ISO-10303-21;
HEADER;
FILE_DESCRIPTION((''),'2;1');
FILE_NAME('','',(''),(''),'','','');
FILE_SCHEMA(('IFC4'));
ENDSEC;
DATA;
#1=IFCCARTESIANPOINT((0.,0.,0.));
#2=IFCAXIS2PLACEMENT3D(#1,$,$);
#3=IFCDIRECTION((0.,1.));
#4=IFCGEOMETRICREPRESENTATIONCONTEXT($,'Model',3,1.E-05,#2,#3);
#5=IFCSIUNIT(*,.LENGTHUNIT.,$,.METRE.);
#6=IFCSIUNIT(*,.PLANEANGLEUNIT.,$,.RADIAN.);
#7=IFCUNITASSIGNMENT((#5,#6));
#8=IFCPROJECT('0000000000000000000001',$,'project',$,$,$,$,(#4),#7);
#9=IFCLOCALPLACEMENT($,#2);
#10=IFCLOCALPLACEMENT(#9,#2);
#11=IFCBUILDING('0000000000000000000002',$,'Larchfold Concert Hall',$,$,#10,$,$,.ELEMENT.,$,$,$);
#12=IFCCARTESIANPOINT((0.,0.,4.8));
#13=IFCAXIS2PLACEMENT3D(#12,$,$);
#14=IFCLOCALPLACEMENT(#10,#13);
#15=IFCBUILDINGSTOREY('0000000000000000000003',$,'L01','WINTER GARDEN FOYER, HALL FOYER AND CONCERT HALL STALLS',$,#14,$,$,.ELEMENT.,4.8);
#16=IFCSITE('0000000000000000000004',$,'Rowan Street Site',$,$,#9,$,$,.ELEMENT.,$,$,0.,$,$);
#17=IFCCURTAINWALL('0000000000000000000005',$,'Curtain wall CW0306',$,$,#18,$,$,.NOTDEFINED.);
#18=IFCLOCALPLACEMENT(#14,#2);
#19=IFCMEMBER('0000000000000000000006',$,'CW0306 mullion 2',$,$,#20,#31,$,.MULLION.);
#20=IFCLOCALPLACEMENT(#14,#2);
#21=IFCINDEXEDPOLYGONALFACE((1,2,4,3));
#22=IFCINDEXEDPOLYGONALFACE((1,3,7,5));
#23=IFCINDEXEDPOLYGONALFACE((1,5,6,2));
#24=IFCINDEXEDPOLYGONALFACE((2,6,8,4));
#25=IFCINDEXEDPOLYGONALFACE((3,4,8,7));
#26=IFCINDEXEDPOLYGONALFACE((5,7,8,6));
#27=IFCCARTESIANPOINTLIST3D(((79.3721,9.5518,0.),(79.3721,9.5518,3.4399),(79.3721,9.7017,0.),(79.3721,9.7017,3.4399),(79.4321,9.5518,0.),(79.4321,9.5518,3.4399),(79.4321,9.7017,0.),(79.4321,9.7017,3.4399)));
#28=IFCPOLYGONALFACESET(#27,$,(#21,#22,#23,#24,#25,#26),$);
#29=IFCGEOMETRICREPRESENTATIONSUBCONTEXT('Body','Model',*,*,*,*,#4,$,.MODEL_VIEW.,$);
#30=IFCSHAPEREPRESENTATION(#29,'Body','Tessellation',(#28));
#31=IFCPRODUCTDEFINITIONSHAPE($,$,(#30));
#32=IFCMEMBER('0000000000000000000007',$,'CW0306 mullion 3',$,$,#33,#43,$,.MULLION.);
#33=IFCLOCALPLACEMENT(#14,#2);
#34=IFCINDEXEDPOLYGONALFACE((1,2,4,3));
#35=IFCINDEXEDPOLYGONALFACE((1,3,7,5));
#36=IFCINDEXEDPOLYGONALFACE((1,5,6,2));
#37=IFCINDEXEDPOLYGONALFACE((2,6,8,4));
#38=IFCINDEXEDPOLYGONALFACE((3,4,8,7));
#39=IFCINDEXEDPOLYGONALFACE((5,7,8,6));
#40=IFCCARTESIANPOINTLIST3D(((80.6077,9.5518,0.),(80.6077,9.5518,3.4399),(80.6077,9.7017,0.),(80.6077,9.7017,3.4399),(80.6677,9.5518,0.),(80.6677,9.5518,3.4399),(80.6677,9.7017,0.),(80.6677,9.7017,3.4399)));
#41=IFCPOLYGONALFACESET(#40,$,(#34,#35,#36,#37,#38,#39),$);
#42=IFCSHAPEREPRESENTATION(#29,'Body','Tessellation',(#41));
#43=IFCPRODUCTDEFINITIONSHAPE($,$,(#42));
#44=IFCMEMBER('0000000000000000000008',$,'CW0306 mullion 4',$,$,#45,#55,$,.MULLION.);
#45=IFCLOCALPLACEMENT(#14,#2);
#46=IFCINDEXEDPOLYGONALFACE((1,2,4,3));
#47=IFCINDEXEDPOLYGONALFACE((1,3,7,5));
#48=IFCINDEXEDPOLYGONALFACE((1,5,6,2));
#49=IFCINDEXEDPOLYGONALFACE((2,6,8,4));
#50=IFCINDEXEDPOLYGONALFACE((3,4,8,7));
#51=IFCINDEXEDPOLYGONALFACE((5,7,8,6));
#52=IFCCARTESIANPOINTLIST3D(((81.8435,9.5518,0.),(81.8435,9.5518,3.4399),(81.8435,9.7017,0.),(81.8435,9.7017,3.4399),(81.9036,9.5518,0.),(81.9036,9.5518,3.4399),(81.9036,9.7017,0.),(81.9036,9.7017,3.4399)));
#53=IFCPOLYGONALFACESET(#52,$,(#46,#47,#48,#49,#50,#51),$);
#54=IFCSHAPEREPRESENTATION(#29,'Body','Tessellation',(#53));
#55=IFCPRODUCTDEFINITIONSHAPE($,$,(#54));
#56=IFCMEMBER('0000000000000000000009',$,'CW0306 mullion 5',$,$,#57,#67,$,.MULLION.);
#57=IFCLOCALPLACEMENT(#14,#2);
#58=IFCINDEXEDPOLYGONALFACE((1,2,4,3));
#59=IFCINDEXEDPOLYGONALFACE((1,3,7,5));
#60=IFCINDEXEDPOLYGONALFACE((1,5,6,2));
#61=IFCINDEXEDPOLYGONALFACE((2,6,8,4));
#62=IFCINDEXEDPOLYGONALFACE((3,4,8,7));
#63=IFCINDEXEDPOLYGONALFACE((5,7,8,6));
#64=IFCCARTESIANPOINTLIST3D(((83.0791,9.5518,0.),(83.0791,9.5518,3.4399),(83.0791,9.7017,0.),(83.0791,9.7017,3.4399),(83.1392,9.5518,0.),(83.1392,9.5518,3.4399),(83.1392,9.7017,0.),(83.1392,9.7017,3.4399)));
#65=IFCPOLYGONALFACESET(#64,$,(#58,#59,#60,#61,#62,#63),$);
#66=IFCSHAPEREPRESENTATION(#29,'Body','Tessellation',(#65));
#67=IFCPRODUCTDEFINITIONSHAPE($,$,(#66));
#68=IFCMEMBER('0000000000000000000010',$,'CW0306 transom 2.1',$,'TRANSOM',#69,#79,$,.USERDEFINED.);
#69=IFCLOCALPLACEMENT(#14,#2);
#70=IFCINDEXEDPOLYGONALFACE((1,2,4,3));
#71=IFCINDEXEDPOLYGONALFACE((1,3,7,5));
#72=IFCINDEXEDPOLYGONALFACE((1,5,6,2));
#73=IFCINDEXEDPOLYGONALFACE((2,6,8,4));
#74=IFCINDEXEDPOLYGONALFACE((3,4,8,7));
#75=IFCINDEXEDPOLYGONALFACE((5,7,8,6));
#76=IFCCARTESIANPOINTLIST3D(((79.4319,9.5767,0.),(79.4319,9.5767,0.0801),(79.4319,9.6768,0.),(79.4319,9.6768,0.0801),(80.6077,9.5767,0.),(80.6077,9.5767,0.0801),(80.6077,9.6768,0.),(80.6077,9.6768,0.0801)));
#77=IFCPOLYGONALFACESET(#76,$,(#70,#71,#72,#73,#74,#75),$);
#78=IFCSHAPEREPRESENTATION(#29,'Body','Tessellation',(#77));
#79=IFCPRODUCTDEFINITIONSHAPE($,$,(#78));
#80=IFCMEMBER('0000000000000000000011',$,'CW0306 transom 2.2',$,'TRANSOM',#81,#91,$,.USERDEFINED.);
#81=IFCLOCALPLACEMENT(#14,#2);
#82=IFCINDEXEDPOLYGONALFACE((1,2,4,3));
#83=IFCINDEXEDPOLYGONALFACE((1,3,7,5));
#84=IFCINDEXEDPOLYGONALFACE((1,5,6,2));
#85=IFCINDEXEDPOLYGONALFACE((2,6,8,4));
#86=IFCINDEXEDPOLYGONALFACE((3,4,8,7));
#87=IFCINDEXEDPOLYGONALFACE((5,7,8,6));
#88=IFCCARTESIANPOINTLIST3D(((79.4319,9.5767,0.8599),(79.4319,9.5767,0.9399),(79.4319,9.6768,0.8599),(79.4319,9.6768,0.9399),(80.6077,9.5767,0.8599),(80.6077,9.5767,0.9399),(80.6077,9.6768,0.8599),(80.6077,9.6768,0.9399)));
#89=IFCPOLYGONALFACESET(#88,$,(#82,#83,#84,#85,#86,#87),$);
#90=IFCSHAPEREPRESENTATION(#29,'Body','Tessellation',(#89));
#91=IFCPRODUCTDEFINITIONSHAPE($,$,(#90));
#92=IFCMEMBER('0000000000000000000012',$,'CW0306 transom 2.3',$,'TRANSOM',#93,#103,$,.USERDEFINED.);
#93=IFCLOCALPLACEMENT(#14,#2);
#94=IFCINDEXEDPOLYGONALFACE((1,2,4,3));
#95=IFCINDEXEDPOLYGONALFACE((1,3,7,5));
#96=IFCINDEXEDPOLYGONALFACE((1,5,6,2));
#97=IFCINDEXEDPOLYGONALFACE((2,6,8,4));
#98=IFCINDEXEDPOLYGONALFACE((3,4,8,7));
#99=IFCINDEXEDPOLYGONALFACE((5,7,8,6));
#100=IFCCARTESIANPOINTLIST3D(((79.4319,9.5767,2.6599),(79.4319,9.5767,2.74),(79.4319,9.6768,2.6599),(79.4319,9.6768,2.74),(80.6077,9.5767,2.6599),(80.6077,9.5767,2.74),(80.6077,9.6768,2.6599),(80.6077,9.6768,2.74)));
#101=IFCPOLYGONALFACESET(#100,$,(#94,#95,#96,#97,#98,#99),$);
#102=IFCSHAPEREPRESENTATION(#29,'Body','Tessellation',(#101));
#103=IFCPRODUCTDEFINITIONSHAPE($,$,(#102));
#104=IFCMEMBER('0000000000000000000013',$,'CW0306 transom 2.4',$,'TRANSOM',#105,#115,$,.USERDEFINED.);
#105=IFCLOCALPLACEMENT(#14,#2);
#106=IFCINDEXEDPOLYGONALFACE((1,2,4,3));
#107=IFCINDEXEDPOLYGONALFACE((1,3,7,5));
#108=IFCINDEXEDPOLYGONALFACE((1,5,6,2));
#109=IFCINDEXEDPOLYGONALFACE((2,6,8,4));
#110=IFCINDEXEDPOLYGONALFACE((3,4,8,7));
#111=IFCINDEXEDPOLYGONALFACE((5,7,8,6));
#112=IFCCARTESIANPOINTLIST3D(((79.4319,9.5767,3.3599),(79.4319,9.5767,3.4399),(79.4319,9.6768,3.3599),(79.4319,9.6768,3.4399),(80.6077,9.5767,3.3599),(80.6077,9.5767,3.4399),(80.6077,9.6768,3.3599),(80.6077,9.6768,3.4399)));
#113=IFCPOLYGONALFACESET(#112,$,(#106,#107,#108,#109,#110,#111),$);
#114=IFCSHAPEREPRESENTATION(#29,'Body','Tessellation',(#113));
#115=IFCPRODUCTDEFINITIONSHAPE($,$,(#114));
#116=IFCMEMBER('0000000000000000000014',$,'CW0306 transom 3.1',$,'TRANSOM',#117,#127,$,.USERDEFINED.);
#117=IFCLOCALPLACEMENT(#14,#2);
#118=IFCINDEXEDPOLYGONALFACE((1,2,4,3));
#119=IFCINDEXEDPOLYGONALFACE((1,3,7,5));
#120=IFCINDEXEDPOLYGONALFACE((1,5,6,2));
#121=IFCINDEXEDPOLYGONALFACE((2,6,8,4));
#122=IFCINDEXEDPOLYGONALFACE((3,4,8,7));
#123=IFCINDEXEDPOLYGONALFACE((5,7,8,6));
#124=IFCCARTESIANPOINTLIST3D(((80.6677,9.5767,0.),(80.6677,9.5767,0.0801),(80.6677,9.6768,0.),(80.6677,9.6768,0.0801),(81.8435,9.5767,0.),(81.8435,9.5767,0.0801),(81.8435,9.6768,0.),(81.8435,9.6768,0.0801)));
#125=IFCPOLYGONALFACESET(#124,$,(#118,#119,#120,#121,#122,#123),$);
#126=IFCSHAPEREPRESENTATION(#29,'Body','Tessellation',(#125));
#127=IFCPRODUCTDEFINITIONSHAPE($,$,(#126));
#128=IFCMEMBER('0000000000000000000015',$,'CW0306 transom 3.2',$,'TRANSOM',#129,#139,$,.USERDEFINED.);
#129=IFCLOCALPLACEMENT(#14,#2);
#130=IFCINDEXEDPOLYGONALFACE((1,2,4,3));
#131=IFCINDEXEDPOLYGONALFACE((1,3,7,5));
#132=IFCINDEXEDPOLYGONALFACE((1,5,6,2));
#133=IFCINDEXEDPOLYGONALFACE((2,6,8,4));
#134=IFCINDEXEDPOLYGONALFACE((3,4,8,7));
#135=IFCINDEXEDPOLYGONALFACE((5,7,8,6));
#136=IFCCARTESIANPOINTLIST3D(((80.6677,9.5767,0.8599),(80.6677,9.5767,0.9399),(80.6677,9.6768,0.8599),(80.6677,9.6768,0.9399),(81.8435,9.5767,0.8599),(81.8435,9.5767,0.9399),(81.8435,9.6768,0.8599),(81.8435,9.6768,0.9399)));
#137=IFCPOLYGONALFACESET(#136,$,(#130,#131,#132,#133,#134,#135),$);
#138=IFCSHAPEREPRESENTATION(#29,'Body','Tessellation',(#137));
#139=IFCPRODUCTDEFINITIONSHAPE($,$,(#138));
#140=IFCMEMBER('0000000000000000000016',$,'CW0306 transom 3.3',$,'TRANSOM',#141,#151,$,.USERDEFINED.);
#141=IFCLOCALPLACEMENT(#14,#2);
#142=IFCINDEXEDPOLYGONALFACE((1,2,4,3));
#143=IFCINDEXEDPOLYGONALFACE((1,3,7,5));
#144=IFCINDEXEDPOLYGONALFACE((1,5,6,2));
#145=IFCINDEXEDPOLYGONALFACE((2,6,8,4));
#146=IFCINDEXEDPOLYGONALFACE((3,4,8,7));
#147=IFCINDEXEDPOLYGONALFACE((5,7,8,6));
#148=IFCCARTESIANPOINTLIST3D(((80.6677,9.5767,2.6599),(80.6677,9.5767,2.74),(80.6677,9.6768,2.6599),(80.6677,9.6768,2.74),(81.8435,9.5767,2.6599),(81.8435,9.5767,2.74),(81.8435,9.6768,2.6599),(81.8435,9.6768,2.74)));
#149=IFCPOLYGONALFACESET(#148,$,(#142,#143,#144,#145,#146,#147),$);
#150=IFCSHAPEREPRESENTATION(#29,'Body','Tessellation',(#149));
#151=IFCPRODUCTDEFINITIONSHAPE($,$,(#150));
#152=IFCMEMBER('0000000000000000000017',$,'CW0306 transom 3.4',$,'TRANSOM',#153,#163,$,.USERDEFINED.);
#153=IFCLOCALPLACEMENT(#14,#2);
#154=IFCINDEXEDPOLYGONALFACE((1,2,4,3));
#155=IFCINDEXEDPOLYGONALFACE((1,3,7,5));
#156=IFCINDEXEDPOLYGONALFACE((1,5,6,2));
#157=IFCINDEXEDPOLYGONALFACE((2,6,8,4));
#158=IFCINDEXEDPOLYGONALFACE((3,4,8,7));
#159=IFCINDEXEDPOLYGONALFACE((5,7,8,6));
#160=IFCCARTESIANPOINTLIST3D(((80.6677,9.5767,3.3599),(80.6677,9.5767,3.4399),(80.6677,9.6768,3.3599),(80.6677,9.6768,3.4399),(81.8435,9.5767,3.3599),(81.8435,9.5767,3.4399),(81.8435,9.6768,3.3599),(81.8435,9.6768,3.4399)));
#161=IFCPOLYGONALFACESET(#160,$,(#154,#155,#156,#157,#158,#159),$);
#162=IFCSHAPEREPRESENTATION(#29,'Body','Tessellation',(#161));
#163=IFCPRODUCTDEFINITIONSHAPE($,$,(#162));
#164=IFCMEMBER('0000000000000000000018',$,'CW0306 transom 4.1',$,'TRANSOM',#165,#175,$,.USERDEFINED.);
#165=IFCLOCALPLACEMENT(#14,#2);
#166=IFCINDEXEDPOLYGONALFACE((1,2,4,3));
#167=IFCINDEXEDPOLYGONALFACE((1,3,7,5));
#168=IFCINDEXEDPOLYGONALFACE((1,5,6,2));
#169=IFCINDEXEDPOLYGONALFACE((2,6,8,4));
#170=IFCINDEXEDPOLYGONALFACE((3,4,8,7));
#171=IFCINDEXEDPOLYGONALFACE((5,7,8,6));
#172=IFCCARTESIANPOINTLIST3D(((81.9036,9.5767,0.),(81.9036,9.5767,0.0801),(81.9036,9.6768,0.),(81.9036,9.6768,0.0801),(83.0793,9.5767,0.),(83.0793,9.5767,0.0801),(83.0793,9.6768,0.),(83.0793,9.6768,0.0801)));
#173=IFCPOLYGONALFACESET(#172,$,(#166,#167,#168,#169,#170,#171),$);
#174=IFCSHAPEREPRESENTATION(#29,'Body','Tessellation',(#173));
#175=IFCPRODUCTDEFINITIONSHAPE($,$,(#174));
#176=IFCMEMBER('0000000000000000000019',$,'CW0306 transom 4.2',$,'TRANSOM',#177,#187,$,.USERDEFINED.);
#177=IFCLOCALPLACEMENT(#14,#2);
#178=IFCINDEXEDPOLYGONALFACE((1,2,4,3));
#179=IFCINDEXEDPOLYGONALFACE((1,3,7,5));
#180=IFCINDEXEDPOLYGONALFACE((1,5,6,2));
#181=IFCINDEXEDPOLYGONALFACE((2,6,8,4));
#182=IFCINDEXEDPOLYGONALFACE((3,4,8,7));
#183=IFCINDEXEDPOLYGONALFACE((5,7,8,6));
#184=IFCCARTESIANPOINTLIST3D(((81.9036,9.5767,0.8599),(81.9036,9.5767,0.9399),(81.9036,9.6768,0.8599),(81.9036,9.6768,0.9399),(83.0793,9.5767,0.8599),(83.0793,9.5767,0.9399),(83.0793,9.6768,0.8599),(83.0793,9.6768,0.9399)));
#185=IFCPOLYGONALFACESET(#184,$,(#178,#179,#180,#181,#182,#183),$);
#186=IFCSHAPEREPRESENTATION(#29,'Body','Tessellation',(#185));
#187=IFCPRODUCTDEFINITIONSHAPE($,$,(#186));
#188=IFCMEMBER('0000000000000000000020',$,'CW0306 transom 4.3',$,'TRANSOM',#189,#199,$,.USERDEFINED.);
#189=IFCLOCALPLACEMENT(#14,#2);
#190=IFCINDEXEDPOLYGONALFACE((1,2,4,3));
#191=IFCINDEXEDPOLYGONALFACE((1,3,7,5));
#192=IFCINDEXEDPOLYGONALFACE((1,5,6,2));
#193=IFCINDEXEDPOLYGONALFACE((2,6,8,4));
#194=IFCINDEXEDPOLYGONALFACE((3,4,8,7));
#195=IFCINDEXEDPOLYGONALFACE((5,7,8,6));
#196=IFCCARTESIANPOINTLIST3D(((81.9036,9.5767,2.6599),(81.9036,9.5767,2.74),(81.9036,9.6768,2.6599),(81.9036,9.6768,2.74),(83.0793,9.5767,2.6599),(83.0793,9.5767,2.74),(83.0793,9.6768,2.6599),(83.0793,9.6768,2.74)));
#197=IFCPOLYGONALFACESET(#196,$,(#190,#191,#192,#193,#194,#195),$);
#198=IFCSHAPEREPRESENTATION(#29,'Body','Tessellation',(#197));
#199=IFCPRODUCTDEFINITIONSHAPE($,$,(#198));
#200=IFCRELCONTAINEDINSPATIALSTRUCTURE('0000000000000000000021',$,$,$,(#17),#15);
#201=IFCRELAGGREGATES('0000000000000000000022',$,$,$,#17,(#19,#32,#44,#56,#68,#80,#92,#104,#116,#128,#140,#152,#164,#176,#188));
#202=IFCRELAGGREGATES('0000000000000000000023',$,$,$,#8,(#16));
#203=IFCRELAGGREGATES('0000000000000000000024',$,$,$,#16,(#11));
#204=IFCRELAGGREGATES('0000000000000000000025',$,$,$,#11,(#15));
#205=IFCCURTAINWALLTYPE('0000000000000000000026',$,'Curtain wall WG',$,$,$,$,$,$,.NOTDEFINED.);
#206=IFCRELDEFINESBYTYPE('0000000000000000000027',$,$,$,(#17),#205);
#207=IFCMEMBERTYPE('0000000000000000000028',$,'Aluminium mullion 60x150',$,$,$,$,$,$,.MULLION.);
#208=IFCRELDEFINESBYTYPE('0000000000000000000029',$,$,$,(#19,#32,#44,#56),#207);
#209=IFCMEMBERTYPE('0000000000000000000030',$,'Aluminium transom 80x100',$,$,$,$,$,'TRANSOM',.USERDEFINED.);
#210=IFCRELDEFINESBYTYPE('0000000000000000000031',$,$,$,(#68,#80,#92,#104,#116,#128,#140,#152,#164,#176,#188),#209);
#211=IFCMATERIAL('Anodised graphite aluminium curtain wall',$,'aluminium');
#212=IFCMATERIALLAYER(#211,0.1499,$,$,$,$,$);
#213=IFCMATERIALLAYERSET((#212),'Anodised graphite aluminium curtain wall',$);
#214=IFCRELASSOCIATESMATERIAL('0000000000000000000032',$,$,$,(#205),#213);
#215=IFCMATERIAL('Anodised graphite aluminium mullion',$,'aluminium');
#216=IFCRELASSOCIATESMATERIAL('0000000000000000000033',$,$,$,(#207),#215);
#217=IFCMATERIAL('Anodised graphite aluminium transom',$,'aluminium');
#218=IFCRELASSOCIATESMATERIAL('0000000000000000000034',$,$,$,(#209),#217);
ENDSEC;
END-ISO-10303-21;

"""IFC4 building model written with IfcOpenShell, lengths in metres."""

from ifc_helpers import new_model, si_unit, direction, frame, origin, origin_2d, place, context, subcontext, project, spatial, rectangle, extrude, material, layer, layer_set, material_profile, profile_set, type_object, element, aggregate, save


model = new_model("IFC4")

# Units and contexts
model_context = context("Model", 3, precision=1e-05, world=origin(), true_north=direction((0.0, 1.0)))
body_context = subcontext(model_context, "Body", "Model", "MODEL_VIEW")
ifc_project = project(units=[si_unit("LENGTHUNIT", "METRE"), si_unit("PLANEANGLEUNIT", "RADIAN")], contexts=[model_context])

# Site, building, storey
site_placement = place(None, origin())
site = spatial("IfcSite", under=ifc_project, at=site_placement, Name="Rowan Street Site", CompositionType="ELEMENT", RefElevation=0.0)
building_placement = place(site_placement, origin())
building = spatial("IfcBuilding", under=site, at=building_placement, Name="Larchfold Concert Hall", CompositionType="ELEMENT")
storey_placement = place(building_placement, frame((0.0, 0.0, 4.8)))
storey = spatial("IfcBuildingStorey", under=building, at=storey_placement, Name="L01", Description="WINTER GARDEN FOYER, HALL FOYER AND CONCERT HALL STALLS", CompositionType="ELEMENT", Elevation=4.8)

# Curtain wall, members
ifc_material_1 = material(Name="Anodised graphite aluminium curtain wall", Category="aluminium")
ifc_layer_1 = layer(ifc_material_1, 0.1499)
ifc_layer_set_1 = layer_set([ifc_layer_1], Name="Anodised graphite aluminium curtain wall")
curtain_wall_type = type_object("IfcCurtainWallType", Name="Curtain wall WG", PredefinedType="NOTDEFINED", material=ifc_layer_set_1)
curtain_wall_placement = place(storey_placement, origin())
curtain_wall = element("IfcCurtainWall", 1, at=curtain_wall_placement, inside=storey, type_object=curtain_wall_type, Name="Curtain wall CW0306", PredefinedType="NOTDEFINED")
ifc_material_2 = material(Name="Anodised graphite aluminium mullion", Category="aluminium")
ifc_material_profile_1 = material_profile(ifc_material_2, rectangle(XDim=0.1499, YDim=0.0601, at=origin_2d()))
ifc_profile_set_1 = profile_set([ifc_material_profile_1], Name="Anodised graphite aluminium mullion")
member_type_1 = type_object("IfcMemberType", Name="Aluminium mullion 60x150", PredefinedType="MULLION", material=ifc_profile_set_1)
member_1_placement = place(storey_placement, frame((79.4021, 9.6267, 0.0), z_axis=(0.0, 0.0, 1.0), x_axis=(0.0, 1.0, 0.0)))
member_1 = element("IfcMember", 2, at=member_1_placement, type_object=member_type_1, Name="CW0306 mullion 2", PredefinedType="MULLION", context=body_context, shape_type="SweptSolid", body=[
    extrude(rectangle(XDim=0.1499, YDim=0.0601, at=origin_2d()), origin(), (0.0, 0.0, 1.0), 3.4399),
])
member_2_placement = place(storey_placement, frame((80.6377, 9.6267, 0.0), z_axis=(0.0, 0.0, 1.0), x_axis=(0.0, 1.0, 0.0)))
member_2 = element("IfcMember", 3, at=member_2_placement, type_object=member_type_1, Name="CW0306 mullion 3", PredefinedType="MULLION", context=body_context, shape_type="SweptSolid", body=[
    extrude(rectangle(XDim=0.1499, YDim=0.0601, at=origin_2d()), origin(), (0.0, 0.0, 1.0), 3.4399),
])
member_3_placement = place(storey_placement, frame((81.8735, 9.6267, 0.0), z_axis=(0.0, 0.0, 1.0), x_axis=(0.0, 1.0, 0.0)))
member_3 = element("IfcMember", 4, at=member_3_placement, type_object=member_type_1, Name="CW0306 mullion 4", PredefinedType="MULLION", context=body_context, shape_type="SweptSolid", body=[
    extrude(rectangle(XDim=0.1499, YDim=0.0601, at=origin_2d()), origin(), (0.0, 0.0, 1.0), 3.4399),
])
member_4_placement = place(storey_placement, frame((83.1091, 9.6267, 0.0), z_axis=(0.0, 0.0, 1.0), x_axis=(0.0, 1.0, 0.0)))
member_4 = element("IfcMember", 5, at=member_4_placement, type_object=member_type_1, Name="CW0306 mullion 5", PredefinedType="MULLION", context=body_context, shape_type="SweptSolid", body=[
    extrude(rectangle(XDim=0.1499, YDim=0.0601, at=origin_2d()), origin(), (0.0, 0.0, 1.0), 3.4399),
])
ifc_material_3 = material(Name="Anodised graphite aluminium transom", Category="aluminium")
ifc_material_profile_2 = material_profile(ifc_material_3, rectangle(XDim=0.1001, YDim=0.0801, at=origin_2d()))
ifc_profile_set_2 = profile_set([ifc_material_profile_2], Name="Anodised graphite aluminium transom")
member_type_2 = type_object("IfcMemberType", Name="Aluminium transom 80x100", ElementType="TRANSOM", PredefinedType="USERDEFINED", material=ifc_profile_set_2)
member_5_placement = place(storey_placement, frame((79.4319, 9.6267, 0.04), z_axis=(1.0, 0.0, 0.0), x_axis=(0.0, 1.0, 0.0)))
member_5 = element("IfcMember", 6, at=member_5_placement, type_object=member_type_2, Name="CW0306 transom 2.1", ObjectType="TRANSOM", PredefinedType="USERDEFINED", context=body_context, shape_type="SweptSolid", body=[
    extrude(rectangle(XDim=0.1001, YDim=0.0801, at=origin_2d()), origin(), (0.0, 0.0, 1.0), 1.1758),
])
member_6_placement = place(storey_placement, frame((79.4319, 9.6267, 0.8999), z_axis=(1.0, 0.0, 0.0), x_axis=(0.0, 1.0, 0.0)))
member_6 = element("IfcMember", 7, at=member_6_placement, type_object=member_type_2, Name="CW0306 transom 2.2", ObjectType="TRANSOM", PredefinedType="USERDEFINED", context=body_context, shape_type="SweptSolid", body=[
    extrude(rectangle(XDim=0.1001, YDim=0.0801, at=origin_2d()), origin(), (0.0, 0.0, 1.0), 1.1758),
])
member_7_placement = place(storey_placement, frame((79.4319, 9.6267, 2.7), z_axis=(1.0, 0.0, 0.0), x_axis=(0.0, 1.0, 0.0)))
member_7 = element("IfcMember", 8, at=member_7_placement, type_object=member_type_2, Name="CW0306 transom 2.3", ObjectType="TRANSOM", PredefinedType="USERDEFINED", context=body_context, shape_type="SweptSolid", body=[
    extrude(rectangle(XDim=0.1001, YDim=0.0801, at=origin_2d()), origin(), (0.0, 0.0, 1.0), 1.1758),
])
member_8_placement = place(storey_placement, frame((79.4319, 9.6267, 3.3999), z_axis=(1.0, 0.0, 0.0), x_axis=(0.0, 1.0, 0.0)))
member_8 = element("IfcMember", 9, at=member_8_placement, type_object=member_type_2, Name="CW0306 transom 2.4", ObjectType="TRANSOM", PredefinedType="USERDEFINED", context=body_context, shape_type="SweptSolid", body=[
    extrude(rectangle(XDim=0.1001, YDim=0.0801, at=origin_2d()), origin(), (0.0, 0.0, 1.0), 1.1758),
])
member_9_placement = place(storey_placement, frame((80.6677, 9.6267, 0.04), z_axis=(1.0, 0.0, 0.0), x_axis=(0.0, 1.0, 0.0)))
member_9 = element("IfcMember", 10, at=member_9_placement, type_object=member_type_2, Name="CW0306 transom 3.1", ObjectType="TRANSOM", PredefinedType="USERDEFINED", context=body_context, shape_type="SweptSolid", body=[
    extrude(rectangle(XDim=0.1001, YDim=0.0801, at=origin_2d()), origin(), (0.0, 0.0, 1.0), 1.1758),
])
member_10_placement = place(storey_placement, frame((80.6677, 9.6267, 0.8999), z_axis=(1.0, 0.0, 0.0), x_axis=(0.0, 1.0, 0.0)))
member_10 = element("IfcMember", 11, at=member_10_placement, type_object=member_type_2, Name="CW0306 transom 3.2", ObjectType="TRANSOM", PredefinedType="USERDEFINED", context=body_context, shape_type="SweptSolid", body=[
    extrude(rectangle(XDim=0.1001, YDim=0.0801, at=origin_2d()), origin(), (0.0, 0.0, 1.0), 1.1758),
])
member_11_placement = place(storey_placement, frame((80.6677, 9.6267, 2.7), z_axis=(1.0, 0.0, 0.0), x_axis=(0.0, 1.0, 0.0)))
member_11 = element("IfcMember", 12, at=member_11_placement, type_object=member_type_2, Name="CW0306 transom 3.3", ObjectType="TRANSOM", PredefinedType="USERDEFINED", context=body_context, shape_type="SweptSolid", body=[
    extrude(rectangle(XDim=0.1001, YDim=0.0801, at=origin_2d()), origin(), (0.0, 0.0, 1.0), 1.1758),
])
member_12_placement = place(storey_placement, frame((80.6677, 9.6267, 3.3999), z_axis=(1.0, 0.0, 0.0), x_axis=(0.0, 1.0, 0.0)))
member_12 = element("IfcMember", 13, at=member_12_placement, type_object=member_type_2, Name="CW0306 transom 3.4", ObjectType="TRANSOM", PredefinedType="USERDEFINED", context=body_context, shape_type="SweptSolid", body=[
    extrude(rectangle(XDim=0.1001, YDim=0.0801, at=origin_2d()), origin(), (0.0, 0.0, 1.0), 1.1758),
])
member_13_placement = place(storey_placement, frame((81.9036, 9.6267, 0.04), z_axis=(1.0, 0.0, 0.0), x_axis=(0.0, 1.0, 0.0)))
member_13 = element("IfcMember", 14, at=member_13_placement, type_object=member_type_2, Name="CW0306 transom 4.1", ObjectType="TRANSOM", PredefinedType="USERDEFINED", context=body_context, shape_type="SweptSolid", body=[
    extrude(rectangle(XDim=0.1001, YDim=0.0801, at=origin_2d()), origin(), (0.0, 0.0, 1.0), 1.1758),
])
member_14_placement = place(storey_placement, frame((81.9036, 9.6267, 0.8999), z_axis=(1.0, 0.0, 0.0), x_axis=(0.0, 1.0, 0.0)))
member_14 = element("IfcMember", 15, at=member_14_placement, type_object=member_type_2, Name="CW0306 transom 4.2", ObjectType="TRANSOM", PredefinedType="USERDEFINED", context=body_context, shape_type="SweptSolid", body=[
    extrude(rectangle(XDim=0.1001, YDim=0.0801, at=origin_2d()), origin(), (0.0, 0.0, 1.0), 1.1758),
])
member_15_placement = place(storey_placement, frame((81.9036, 9.6267, 2.7), z_axis=(1.0, 0.0, 0.0), x_axis=(0.0, 1.0, 0.0)))
member_15 = element("IfcMember", 16, at=member_15_placement, type_object=member_type_2, Name="CW0306 transom 4.3", ObjectType="TRANSOM", PredefinedType="USERDEFINED", context=body_context, shape_type="SweptSolid", body=[
    extrude(rectangle(XDim=0.1001, YDim=0.0801, at=origin_2d()), origin(), (0.0, 0.0, 1.0), 1.1758),
])

aggregate(curtain_wall, [member_1, member_2, member_3, member_4, member_5, member_6, member_7, member_8, member_9, member_10, member_11, member_12, member_13, member_14, member_15])

save(model, "model.ifc")
